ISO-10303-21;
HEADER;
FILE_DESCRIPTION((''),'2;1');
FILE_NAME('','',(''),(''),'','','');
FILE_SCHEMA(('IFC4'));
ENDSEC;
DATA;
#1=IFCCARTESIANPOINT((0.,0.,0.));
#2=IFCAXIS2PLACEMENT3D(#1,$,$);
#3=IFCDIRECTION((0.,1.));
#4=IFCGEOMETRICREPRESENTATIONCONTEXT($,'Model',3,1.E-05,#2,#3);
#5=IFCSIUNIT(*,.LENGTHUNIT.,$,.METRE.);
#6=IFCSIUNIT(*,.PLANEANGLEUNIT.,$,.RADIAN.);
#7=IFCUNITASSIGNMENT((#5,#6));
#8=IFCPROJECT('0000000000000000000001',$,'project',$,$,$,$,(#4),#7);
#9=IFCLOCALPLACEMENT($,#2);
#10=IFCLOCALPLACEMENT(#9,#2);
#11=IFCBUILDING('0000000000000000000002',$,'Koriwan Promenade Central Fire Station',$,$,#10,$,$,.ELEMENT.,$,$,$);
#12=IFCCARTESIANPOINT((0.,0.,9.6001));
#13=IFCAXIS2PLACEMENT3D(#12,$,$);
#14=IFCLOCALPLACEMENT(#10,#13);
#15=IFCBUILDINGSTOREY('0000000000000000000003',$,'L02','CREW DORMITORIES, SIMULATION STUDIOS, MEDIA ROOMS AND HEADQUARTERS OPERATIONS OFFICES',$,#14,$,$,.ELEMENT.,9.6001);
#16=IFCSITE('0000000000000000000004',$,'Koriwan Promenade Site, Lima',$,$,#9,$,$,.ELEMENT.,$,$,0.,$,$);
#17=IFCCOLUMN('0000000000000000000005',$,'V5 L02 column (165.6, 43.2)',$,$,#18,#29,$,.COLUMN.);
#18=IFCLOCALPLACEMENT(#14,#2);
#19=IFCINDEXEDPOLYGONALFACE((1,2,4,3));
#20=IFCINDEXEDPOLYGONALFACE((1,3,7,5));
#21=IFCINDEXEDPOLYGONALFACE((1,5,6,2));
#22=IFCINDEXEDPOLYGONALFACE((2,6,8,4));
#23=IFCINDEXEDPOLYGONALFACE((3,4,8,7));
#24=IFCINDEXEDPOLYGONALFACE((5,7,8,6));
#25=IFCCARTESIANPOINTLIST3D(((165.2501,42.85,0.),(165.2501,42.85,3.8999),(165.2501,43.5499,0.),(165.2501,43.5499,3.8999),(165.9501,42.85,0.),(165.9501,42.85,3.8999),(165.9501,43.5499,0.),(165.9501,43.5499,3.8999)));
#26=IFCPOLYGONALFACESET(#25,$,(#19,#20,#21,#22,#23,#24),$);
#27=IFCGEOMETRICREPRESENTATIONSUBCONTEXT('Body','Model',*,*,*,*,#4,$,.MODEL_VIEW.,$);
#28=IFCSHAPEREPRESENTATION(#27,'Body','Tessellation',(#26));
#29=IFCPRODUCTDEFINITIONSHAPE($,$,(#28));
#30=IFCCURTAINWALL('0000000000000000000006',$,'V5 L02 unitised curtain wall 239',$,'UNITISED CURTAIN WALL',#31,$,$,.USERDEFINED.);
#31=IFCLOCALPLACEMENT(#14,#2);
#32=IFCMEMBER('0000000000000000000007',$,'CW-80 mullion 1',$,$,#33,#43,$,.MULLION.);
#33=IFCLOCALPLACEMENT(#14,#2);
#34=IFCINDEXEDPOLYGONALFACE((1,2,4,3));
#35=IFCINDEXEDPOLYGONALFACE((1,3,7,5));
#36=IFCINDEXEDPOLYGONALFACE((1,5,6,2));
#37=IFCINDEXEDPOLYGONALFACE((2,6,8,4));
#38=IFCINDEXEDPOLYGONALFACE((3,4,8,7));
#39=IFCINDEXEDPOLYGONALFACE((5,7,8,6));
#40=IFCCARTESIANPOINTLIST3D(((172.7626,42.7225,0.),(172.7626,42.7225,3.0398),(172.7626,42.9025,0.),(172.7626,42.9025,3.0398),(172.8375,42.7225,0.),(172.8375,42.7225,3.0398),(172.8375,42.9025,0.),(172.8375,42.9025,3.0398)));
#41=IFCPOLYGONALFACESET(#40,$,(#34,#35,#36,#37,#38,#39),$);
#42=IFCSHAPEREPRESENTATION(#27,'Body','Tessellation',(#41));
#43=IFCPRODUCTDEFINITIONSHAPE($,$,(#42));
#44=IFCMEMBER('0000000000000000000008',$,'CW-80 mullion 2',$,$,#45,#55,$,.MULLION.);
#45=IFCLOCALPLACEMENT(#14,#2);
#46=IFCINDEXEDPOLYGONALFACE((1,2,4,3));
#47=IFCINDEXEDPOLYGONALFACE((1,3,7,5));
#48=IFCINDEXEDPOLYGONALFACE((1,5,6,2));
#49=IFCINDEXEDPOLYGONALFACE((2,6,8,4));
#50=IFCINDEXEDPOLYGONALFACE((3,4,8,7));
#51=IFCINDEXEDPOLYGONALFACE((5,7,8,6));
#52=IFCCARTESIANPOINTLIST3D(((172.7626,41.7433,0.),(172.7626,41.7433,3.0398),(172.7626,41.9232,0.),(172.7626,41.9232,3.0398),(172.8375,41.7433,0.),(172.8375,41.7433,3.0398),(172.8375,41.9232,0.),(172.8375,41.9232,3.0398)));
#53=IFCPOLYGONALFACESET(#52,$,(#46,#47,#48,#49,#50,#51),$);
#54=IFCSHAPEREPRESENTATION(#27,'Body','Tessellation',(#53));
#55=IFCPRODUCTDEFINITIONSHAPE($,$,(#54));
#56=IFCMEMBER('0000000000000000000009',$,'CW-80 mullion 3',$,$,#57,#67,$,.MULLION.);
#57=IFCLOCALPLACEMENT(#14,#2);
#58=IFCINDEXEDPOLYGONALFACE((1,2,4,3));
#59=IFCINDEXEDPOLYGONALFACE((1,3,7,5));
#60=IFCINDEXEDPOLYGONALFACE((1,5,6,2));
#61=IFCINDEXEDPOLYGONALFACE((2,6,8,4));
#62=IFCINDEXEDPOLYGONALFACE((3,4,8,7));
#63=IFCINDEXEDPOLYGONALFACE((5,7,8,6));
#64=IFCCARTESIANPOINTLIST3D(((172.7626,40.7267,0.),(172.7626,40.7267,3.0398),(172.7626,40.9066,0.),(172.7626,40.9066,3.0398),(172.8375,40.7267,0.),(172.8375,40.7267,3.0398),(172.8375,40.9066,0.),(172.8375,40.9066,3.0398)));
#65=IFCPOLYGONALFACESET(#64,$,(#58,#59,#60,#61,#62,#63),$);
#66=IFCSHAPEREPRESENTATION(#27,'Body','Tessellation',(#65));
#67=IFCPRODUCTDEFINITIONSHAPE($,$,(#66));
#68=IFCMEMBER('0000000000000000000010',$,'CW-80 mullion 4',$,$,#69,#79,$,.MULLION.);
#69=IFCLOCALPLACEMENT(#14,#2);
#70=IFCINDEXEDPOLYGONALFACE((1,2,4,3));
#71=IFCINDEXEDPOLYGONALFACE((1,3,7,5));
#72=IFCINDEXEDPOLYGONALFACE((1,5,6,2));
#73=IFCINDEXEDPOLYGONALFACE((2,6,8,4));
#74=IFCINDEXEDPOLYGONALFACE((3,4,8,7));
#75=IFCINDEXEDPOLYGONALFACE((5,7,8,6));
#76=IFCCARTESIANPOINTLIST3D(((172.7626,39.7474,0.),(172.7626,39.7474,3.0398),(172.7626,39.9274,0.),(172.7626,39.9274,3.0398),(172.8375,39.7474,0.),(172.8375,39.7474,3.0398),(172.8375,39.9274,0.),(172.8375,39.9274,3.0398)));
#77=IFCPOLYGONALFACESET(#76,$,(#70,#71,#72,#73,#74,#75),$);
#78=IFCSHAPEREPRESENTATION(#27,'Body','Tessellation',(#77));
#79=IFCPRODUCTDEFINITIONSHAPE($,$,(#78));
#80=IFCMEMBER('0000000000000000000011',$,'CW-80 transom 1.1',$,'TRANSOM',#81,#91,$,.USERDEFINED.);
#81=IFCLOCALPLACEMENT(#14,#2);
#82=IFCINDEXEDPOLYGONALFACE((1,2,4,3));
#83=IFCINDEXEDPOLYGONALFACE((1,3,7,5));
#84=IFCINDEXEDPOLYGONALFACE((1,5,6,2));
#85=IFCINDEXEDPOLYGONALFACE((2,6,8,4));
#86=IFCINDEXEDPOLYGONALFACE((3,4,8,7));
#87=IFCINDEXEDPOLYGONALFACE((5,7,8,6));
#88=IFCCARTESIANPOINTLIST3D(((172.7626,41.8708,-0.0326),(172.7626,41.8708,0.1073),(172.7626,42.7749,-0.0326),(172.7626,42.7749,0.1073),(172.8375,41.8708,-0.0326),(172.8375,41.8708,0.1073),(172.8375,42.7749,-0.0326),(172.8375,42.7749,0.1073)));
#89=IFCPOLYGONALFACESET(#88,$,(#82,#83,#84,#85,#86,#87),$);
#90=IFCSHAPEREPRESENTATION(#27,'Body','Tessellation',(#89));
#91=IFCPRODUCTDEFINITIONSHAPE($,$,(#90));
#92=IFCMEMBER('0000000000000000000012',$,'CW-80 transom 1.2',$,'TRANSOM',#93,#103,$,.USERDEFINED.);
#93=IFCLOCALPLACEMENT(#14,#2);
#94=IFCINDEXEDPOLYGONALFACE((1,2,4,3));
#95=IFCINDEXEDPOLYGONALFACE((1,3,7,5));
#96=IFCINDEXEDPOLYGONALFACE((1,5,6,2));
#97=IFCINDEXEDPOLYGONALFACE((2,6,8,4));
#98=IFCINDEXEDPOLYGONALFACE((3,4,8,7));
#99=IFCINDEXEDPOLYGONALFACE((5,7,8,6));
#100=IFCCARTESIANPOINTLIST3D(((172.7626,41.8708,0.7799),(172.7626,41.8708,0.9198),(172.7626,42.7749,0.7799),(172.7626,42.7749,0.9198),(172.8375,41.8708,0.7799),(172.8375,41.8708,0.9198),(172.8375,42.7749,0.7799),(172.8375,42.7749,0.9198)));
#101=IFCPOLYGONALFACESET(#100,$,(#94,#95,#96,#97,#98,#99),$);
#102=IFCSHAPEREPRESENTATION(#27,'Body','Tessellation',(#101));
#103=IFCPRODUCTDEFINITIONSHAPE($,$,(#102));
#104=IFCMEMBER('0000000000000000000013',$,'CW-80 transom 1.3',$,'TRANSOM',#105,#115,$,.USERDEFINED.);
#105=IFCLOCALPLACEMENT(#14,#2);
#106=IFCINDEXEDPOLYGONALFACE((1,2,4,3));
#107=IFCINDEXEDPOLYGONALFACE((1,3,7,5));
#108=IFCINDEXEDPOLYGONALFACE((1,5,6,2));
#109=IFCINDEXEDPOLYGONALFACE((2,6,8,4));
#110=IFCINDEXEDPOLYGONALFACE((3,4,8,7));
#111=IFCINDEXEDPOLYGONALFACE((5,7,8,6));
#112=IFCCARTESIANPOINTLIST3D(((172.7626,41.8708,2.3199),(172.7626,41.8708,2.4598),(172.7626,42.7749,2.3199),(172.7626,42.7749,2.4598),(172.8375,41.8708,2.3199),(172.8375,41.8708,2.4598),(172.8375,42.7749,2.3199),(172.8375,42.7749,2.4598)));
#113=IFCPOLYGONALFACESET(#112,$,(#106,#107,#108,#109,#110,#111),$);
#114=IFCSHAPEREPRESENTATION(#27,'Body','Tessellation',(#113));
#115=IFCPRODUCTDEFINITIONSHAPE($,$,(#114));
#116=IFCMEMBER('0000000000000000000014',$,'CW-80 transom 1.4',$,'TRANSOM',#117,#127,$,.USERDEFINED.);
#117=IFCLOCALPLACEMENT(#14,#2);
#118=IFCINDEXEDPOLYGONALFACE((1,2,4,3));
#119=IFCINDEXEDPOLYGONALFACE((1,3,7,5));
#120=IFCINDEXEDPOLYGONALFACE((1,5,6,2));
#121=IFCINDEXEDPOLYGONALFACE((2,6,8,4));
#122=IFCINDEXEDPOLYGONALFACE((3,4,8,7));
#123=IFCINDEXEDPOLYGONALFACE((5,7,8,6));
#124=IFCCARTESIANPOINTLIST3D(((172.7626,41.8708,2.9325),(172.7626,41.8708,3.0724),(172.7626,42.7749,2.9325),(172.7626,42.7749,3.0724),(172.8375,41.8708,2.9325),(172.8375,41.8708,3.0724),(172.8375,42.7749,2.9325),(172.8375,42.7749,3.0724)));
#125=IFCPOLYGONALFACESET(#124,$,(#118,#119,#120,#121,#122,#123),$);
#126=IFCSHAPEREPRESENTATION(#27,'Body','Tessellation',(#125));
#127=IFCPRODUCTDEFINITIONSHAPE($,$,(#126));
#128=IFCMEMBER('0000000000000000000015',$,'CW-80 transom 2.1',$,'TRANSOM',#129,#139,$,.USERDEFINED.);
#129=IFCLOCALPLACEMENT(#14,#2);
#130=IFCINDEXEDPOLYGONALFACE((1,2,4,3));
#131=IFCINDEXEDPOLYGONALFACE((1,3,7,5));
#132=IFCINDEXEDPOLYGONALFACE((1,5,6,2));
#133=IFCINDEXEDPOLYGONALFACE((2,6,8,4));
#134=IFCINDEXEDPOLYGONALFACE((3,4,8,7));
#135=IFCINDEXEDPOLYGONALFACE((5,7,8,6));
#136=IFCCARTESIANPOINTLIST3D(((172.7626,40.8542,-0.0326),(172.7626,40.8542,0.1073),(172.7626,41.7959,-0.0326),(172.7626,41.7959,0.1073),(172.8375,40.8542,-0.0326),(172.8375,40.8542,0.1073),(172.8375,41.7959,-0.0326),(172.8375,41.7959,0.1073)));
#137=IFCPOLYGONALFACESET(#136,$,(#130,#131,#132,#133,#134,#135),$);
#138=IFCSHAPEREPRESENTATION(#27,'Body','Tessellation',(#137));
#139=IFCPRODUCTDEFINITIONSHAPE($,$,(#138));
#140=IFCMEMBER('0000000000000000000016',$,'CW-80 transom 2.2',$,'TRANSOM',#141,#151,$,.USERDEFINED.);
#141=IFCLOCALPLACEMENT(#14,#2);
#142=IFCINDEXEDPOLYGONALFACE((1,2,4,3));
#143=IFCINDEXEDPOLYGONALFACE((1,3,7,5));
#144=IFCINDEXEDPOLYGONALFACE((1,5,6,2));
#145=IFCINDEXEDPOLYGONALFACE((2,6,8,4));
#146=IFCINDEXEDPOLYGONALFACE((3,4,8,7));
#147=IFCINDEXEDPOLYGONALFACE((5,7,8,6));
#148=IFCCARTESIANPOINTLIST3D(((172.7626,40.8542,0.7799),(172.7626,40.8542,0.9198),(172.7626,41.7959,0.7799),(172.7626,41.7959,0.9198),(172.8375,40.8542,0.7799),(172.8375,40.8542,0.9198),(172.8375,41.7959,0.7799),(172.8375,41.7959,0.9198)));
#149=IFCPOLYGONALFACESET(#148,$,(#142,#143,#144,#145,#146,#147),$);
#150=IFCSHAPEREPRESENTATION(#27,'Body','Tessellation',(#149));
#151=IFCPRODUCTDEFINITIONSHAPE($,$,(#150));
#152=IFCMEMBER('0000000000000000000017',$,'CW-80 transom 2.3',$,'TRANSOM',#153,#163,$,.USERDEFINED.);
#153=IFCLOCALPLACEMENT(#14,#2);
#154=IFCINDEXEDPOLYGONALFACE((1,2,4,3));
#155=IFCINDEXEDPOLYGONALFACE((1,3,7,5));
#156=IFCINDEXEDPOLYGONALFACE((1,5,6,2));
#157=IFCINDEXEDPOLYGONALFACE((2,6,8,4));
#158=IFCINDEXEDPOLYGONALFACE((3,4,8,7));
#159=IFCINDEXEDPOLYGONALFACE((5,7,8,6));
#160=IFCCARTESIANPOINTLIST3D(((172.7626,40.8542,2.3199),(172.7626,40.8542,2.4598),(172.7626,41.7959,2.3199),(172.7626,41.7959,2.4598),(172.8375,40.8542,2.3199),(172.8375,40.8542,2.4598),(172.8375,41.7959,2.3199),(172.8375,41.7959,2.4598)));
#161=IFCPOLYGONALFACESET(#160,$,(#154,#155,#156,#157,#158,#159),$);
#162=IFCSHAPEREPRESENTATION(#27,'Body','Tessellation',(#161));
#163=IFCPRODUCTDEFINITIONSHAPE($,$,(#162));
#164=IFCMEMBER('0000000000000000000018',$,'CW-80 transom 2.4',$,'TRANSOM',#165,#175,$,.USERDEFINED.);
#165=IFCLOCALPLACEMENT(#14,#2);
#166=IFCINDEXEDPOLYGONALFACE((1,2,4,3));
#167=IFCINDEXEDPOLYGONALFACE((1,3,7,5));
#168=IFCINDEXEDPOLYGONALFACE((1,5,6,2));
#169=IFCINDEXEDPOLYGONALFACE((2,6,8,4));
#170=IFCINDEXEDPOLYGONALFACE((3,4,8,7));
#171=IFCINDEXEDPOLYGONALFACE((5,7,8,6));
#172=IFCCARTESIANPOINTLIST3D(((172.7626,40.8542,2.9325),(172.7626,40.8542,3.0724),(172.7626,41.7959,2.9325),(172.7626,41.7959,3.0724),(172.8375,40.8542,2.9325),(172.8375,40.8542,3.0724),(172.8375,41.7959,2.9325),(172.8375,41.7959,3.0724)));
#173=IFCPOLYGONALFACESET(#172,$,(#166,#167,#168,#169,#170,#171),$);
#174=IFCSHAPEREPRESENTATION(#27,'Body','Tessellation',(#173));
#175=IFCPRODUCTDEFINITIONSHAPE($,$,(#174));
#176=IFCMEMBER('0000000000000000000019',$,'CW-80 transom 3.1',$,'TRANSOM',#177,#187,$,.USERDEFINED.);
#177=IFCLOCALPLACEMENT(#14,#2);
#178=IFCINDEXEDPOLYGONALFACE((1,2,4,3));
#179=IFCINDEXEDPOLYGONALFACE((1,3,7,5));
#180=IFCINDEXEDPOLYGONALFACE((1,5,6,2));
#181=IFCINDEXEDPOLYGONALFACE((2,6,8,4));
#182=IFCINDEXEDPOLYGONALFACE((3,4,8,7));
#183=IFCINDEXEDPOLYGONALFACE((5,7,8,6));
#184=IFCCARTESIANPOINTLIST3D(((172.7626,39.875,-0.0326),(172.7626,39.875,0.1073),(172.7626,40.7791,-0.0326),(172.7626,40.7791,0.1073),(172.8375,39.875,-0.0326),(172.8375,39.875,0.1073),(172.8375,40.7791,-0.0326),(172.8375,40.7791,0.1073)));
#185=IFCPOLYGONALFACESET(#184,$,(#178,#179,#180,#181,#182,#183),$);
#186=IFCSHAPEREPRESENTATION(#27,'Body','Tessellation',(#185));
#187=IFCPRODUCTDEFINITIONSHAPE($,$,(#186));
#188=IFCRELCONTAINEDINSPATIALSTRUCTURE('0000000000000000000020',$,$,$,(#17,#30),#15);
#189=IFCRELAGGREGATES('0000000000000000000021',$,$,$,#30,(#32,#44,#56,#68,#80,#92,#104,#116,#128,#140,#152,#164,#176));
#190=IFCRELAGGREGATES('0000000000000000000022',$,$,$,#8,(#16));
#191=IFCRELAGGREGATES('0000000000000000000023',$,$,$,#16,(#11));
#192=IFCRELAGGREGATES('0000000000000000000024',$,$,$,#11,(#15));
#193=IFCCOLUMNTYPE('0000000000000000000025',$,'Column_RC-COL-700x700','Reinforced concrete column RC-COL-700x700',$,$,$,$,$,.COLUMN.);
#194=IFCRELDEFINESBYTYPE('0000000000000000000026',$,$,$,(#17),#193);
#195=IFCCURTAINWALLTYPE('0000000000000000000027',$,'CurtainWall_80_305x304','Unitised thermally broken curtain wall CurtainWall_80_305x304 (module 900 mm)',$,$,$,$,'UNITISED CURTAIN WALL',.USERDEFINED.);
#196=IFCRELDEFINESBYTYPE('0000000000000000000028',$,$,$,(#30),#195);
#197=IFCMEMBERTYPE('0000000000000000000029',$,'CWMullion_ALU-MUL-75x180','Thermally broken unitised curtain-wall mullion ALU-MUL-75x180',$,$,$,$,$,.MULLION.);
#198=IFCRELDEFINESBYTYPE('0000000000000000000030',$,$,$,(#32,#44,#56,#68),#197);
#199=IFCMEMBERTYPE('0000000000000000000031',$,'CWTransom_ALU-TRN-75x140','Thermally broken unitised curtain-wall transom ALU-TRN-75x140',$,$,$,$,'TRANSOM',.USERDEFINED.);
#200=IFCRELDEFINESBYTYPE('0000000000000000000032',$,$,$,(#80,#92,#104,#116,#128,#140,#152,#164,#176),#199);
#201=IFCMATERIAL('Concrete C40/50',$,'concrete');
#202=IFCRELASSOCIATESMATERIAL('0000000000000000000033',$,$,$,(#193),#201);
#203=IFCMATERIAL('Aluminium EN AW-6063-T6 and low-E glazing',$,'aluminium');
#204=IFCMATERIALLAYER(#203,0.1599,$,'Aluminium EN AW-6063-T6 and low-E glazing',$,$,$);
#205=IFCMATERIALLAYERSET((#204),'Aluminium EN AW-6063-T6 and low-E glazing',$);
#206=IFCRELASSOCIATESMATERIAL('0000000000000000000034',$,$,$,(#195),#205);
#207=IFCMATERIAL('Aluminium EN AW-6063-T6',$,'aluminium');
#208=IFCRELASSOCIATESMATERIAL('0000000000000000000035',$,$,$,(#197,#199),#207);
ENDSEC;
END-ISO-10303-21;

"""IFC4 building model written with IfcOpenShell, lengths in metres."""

from ifc_helpers import new_model, si_unit, direction, frame, origin, origin_2d, place, context, subcontext, project, spatial, rectangle, extrude, material, layer, layer_set, material_profile, profile_set, type_object, element, aggregate, save


model = new_model("IFC4")

# Units and contexts
model_context = context("Model", 3, precision=1e-05, world=origin(), true_north=direction((0.0, 1.0)))
body_context = subcontext(model_context, "Body", "Model", "MODEL_VIEW")
ifc_project = project(units=[si_unit("LENGTHUNIT", "METRE"), si_unit("PLANEANGLEUNIT", "RADIAN")], contexts=[model_context])

# Site, building, storey
site_placement = place(None, origin())
site = spatial("IfcSite", under=ifc_project, at=site_placement, Name="Koriwan Promenade Site, Lima", CompositionType="ELEMENT", RefElevation=0.0)
building_placement = place(site_placement, origin())
building = spatial("IfcBuilding", under=site, at=building_placement, Name="Koriwan Promenade Central Fire Station", CompositionType="ELEMENT")
storey_placement = place(building_placement, frame((0.0, 0.0, 9.6001)))
storey = spatial("IfcBuildingStorey", under=building, at=storey_placement, Name="L02", Description="CREW DORMITORIES, SIMULATION STUDIOS, MEDIA ROOMS AND HEADQUARTERS OPERATIONS OFFICES", CompositionType="ELEMENT", Elevation=9.6001)

# Column
ifc_material_1 = material(Name="Concrete C40/50", Category="concrete")
ifc_material_profile_1 = material_profile(ifc_material_1, rectangle(XDim=0.7, YDim=0.7, at=origin_2d()), Name="RC-COL-700x700")
ifc_profile_set_1 = profile_set([ifc_material_profile_1], Name="Concrete C40/50")
column_type = type_object("IfcColumnType", Name="Column_RC-COL-700x700", Description="Reinforced concrete column RC-COL-700x700", PredefinedType="COLUMN", material=ifc_profile_set_1)
column_placement = place(storey_placement, frame((165.6001, 43.2, 0.0), z_axis=(0.0, 0.0, 1.0), x_axis=(1.0, 0.0, 0.0)))
element("IfcColumn", 1, at=column_placement, inside=storey, type_object=column_type, Name="V5 L02 column (165.6, 43.2)", PredefinedType="COLUMN", context=body_context, shape_type="SweptSolid", body=[
    extrude(rectangle(XDim=0.7, YDim=0.7, at=origin_2d()), origin(), (0.0, 0.0, 1.0), 3.8999),
])

# Curtain wall, members
ifc_material_2 = material(Name="Aluminium EN AW-6063-T6 and low-E glazing", Category="aluminium")
ifc_layer_1 = layer(ifc_material_2, 0.1599, Name="Aluminium EN AW-6063-T6 and low-E glazing")
ifc_layer_set_1 = layer_set([ifc_layer_1], Name="Aluminium EN AW-6063-T6 and low-E glazing")
curtain_wall_type = type_object("IfcCurtainWallType", Name="CurtainWall_80_305x304", Description="Unitised thermally broken curtain wall CurtainWall_80_305x304 (module 900 mm)", ElementType="UNITISED CURTAIN WALL", PredefinedType="USERDEFINED", material=ifc_layer_set_1)
curtain_wall_placement = place(storey_placement, origin())
curtain_wall = element("IfcCurtainWall", 2, at=curtain_wall_placement, inside=storey, type_object=curtain_wall_type, Name="V5 L02 unitised curtain wall 239", ObjectType="UNITISED CURTAIN WALL", PredefinedType="USERDEFINED")
ifc_material_3 = material(Name="Aluminium EN AW-6063-T6", Category="aluminium")
ifc_material_profile_2 = material_profile(ifc_material_3, rectangle(XDim=0.075, YDim=0.1799, at=origin_2d()), Name="ALU-MUL-75x180")
ifc_profile_set_2 = profile_set([ifc_material_profile_2], Name="Aluminium EN AW-6063-T6")
member_type_1 = type_object("IfcMemberType", Name="CWMullion_ALU-MUL-75x180", Description="Thermally broken unitised curtain-wall mullion ALU-MUL-75x180", PredefinedType="MULLION", material=ifc_profile_set_2)
member_1_placement = place(storey_placement, frame((172.8, 42.8125, 0.0), z_axis=(0.0, 0.0, 1.0), x_axis=(1.0, 0.0, 0.0)))
member_1 = element("IfcMember", 3, at=member_1_placement, type_object=member_type_1, Name="CW-80 mullion 1", PredefinedType="MULLION", context=body_context, shape_type="SweptSolid", body=[
    extrude(rectangle(XDim=0.075, YDim=0.1799, at=origin_2d()), origin(), (0.0, 0.0, 1.0), 3.0398),
])
member_2_placement = place(storey_placement, frame((172.8, 41.8333, 0.0), z_axis=(0.0, 0.0, 1.0), x_axis=(1.0, 0.0, 0.0)))
member_2 = element("IfcMember", 4, at=member_2_placement, type_object=member_type_1, Name="CW-80 mullion 2", PredefinedType="MULLION", context=body_context, shape_type="SweptSolid", body=[
    extrude(rectangle(XDim=0.075, YDim=0.1799, at=origin_2d()), origin(), (0.0, 0.0, 1.0), 3.0398),
])
member_3_placement = place(storey_placement, frame((172.8, 40.8167, 0.0), z_axis=(0.0, 0.0, 1.0), x_axis=(1.0, 0.0, 0.0)))
member_3 = element("IfcMember", 5, at=member_3_placement, type_object=member_type_1, Name="CW-80 mullion 3", PredefinedType="MULLION", context=body_context, shape_type="SweptSolid", body=[
    extrude(rectangle(XDim=0.075, YDim=0.1799, at=origin_2d()), origin(), (0.0, 0.0, 1.0), 3.0398),
])
member_4_placement = place(storey_placement, frame((172.8, 39.8374, 0.0), z_axis=(0.0, 0.0, 1.0), x_axis=(1.0, 0.0, 0.0)))
member_4 = element("IfcMember", 6, at=member_4_placement, type_object=member_type_1, Name="CW-80 mullion 4", PredefinedType="MULLION", context=body_context, shape_type="SweptSolid", body=[
    extrude(rectangle(XDim=0.075, YDim=0.1799, at=origin_2d()), origin(), (0.0, 0.0, 1.0), 3.0398),
])
ifc_material_profile_3 = material_profile(ifc_material_3, rectangle(XDim=0.075, YDim=0.1399, at=origin_2d()), Name="ALU-TRN-75x140")
ifc_profile_set_3 = profile_set([ifc_material_profile_3], Name="Aluminium EN AW-6063-T6")
member_type_2 = type_object("IfcMemberType", Name="CWTransom_ALU-TRN-75x140", Description="Thermally broken unitised curtain-wall transom ALU-TRN-75x140", ElementType="TRANSOM", PredefinedType="USERDEFINED", material=ifc_profile_set_3)
member_5_placement = place(storey_placement, frame((172.8, 42.7749, 0.0374), z_axis=(0.0, -1.0, 0.0), x_axis=(1.0, 0.0, 0.0)))
member_5 = element("IfcMember", 7, at=member_5_placement, type_object=member_type_2, Name="CW-80 transom 1.1", ObjectType="TRANSOM", PredefinedType="USERDEFINED", context=body_context, shape_type="SweptSolid", body=[
    extrude(rectangle(XDim=0.075, YDim=0.1399, at=origin_2d()), origin(), (0.0, 0.0, 1.0), 0.9041),
])
member_6_placement = place(storey_placement, frame((172.8, 42.7749, 0.8499), z_axis=(0.0, -1.0, 0.0), x_axis=(1.0, 0.0, 0.0)))
member_6 = element("IfcMember", 8, at=member_6_placement, type_object=member_type_2, Name="CW-80 transom 1.2", ObjectType="TRANSOM", PredefinedType="USERDEFINED", context=body_context, shape_type="SweptSolid", body=[
    extrude(rectangle(XDim=0.075, YDim=0.1399, at=origin_2d()), origin(), (0.0, 0.0, 1.0), 0.9041),
])
member_7_placement = place(storey_placement, frame((172.8, 42.7749, 2.3899), z_axis=(0.0, -1.0, 0.0), x_axis=(1.0, 0.0, 0.0)))
member_7 = element("IfcMember", 9, at=member_7_placement, type_object=member_type_2, Name="CW-80 transom 1.3", ObjectType="TRANSOM", PredefinedType="USERDEFINED", context=body_context, shape_type="SweptSolid", body=[
    extrude(rectangle(XDim=0.075, YDim=0.1399, at=origin_2d()), origin(), (0.0, 0.0, 1.0), 0.9041),
])
member_8_placement = place(storey_placement, frame((172.8, 42.7749, 3.0024), z_axis=(0.0, -1.0, 0.0), x_axis=(1.0, 0.0, 0.0)))
member_8 = element("IfcMember", 10, at=member_8_placement, type_object=member_type_2, Name="CW-80 transom 1.4", ObjectType="TRANSOM", PredefinedType="USERDEFINED", context=body_context, shape_type="SweptSolid", body=[
    extrude(rectangle(XDim=0.075, YDim=0.1399, at=origin_2d()), origin(), (0.0, 0.0, 1.0), 0.9041),
])
member_9_placement = place(storey_placement, frame((172.8, 41.7959, 0.0374), z_axis=(0.0, -1.0, 0.0), x_axis=(1.0, 0.0, 0.0)))
member_9 = element("IfcMember", 11, at=member_9_placement, type_object=member_type_2, Name="CW-80 transom 2.1", ObjectType="TRANSOM", PredefinedType="USERDEFINED", context=body_context, shape_type="SweptSolid", body=[
    extrude(rectangle(XDim=0.075, YDim=0.1399, at=origin_2d()), origin(), (0.0, 0.0, 1.0), 0.9417),
])
member_10_placement = place(storey_placement, frame((172.8, 41.7959, 0.8499), z_axis=(0.0, -1.0, 0.0), x_axis=(1.0, 0.0, 0.0)))
member_10 = element("IfcMember", 12, at=member_10_placement, type_object=member_type_2, Name="CW-80 transom 2.2", ObjectType="TRANSOM", PredefinedType="USERDEFINED", context=body_context, shape_type="SweptSolid", body=[
    extrude(rectangle(XDim=0.075, YDim=0.1399, at=origin_2d()), origin(), (0.0, 0.0, 1.0), 0.9417),
])
member_11_placement = place(storey_placement, frame((172.8, 41.7959, 2.3899), z_axis=(0.0, -1.0, 0.0), x_axis=(1.0, 0.0, 0.0)))
member_11 = element("IfcMember", 13, at=member_11_placement, type_object=member_type_2, Name="CW-80 transom 2.3", ObjectType="TRANSOM", PredefinedType="USERDEFINED", context=body_context, shape_type="SweptSolid", body=[
    extrude(rectangle(XDim=0.075, YDim=0.1399, at=origin_2d()), origin(), (0.0, 0.0, 1.0), 0.9417),
])
member_12_placement = place(storey_placement, frame((172.8, 41.7959, 3.0024), z_axis=(0.0, -1.0, 0.0), x_axis=(1.0, 0.0, 0.0)))
member_12 = element("IfcMember", 14, at=member_12_placement, type_object=member_type_2, Name="CW-80 transom 2.4", ObjectType="TRANSOM", PredefinedType="USERDEFINED", context=body_context, shape_type="SweptSolid", body=[
    extrude(rectangle(XDim=0.075, YDim=0.1399, at=origin_2d()), origin(), (0.0, 0.0, 1.0), 0.9417),
])
member_13_placement = place(storey_placement, frame((172.8, 40.7791, 0.0374), z_axis=(0.0, -1.0, 0.0), x_axis=(1.0, 0.0, 0.0)))
member_13 = element("IfcMember", 15, at=member_13_placement, type_object=member_type_2, Name="CW-80 transom 3.1", ObjectType="TRANSOM", PredefinedType="USERDEFINED", context=body_context, shape_type="SweptSolid", body=[
    extrude(rectangle(XDim=0.075, YDim=0.1399, at=origin_2d()), origin(), (0.0, 0.0, 1.0), 0.9041),
])

aggregate(curtain_wall, [member_1, member_2, member_3, member_4, member_5, member_6, member_7, member_8, member_9, member_10, member_11, member_12, member_13])

save(model, "model.ifc")
